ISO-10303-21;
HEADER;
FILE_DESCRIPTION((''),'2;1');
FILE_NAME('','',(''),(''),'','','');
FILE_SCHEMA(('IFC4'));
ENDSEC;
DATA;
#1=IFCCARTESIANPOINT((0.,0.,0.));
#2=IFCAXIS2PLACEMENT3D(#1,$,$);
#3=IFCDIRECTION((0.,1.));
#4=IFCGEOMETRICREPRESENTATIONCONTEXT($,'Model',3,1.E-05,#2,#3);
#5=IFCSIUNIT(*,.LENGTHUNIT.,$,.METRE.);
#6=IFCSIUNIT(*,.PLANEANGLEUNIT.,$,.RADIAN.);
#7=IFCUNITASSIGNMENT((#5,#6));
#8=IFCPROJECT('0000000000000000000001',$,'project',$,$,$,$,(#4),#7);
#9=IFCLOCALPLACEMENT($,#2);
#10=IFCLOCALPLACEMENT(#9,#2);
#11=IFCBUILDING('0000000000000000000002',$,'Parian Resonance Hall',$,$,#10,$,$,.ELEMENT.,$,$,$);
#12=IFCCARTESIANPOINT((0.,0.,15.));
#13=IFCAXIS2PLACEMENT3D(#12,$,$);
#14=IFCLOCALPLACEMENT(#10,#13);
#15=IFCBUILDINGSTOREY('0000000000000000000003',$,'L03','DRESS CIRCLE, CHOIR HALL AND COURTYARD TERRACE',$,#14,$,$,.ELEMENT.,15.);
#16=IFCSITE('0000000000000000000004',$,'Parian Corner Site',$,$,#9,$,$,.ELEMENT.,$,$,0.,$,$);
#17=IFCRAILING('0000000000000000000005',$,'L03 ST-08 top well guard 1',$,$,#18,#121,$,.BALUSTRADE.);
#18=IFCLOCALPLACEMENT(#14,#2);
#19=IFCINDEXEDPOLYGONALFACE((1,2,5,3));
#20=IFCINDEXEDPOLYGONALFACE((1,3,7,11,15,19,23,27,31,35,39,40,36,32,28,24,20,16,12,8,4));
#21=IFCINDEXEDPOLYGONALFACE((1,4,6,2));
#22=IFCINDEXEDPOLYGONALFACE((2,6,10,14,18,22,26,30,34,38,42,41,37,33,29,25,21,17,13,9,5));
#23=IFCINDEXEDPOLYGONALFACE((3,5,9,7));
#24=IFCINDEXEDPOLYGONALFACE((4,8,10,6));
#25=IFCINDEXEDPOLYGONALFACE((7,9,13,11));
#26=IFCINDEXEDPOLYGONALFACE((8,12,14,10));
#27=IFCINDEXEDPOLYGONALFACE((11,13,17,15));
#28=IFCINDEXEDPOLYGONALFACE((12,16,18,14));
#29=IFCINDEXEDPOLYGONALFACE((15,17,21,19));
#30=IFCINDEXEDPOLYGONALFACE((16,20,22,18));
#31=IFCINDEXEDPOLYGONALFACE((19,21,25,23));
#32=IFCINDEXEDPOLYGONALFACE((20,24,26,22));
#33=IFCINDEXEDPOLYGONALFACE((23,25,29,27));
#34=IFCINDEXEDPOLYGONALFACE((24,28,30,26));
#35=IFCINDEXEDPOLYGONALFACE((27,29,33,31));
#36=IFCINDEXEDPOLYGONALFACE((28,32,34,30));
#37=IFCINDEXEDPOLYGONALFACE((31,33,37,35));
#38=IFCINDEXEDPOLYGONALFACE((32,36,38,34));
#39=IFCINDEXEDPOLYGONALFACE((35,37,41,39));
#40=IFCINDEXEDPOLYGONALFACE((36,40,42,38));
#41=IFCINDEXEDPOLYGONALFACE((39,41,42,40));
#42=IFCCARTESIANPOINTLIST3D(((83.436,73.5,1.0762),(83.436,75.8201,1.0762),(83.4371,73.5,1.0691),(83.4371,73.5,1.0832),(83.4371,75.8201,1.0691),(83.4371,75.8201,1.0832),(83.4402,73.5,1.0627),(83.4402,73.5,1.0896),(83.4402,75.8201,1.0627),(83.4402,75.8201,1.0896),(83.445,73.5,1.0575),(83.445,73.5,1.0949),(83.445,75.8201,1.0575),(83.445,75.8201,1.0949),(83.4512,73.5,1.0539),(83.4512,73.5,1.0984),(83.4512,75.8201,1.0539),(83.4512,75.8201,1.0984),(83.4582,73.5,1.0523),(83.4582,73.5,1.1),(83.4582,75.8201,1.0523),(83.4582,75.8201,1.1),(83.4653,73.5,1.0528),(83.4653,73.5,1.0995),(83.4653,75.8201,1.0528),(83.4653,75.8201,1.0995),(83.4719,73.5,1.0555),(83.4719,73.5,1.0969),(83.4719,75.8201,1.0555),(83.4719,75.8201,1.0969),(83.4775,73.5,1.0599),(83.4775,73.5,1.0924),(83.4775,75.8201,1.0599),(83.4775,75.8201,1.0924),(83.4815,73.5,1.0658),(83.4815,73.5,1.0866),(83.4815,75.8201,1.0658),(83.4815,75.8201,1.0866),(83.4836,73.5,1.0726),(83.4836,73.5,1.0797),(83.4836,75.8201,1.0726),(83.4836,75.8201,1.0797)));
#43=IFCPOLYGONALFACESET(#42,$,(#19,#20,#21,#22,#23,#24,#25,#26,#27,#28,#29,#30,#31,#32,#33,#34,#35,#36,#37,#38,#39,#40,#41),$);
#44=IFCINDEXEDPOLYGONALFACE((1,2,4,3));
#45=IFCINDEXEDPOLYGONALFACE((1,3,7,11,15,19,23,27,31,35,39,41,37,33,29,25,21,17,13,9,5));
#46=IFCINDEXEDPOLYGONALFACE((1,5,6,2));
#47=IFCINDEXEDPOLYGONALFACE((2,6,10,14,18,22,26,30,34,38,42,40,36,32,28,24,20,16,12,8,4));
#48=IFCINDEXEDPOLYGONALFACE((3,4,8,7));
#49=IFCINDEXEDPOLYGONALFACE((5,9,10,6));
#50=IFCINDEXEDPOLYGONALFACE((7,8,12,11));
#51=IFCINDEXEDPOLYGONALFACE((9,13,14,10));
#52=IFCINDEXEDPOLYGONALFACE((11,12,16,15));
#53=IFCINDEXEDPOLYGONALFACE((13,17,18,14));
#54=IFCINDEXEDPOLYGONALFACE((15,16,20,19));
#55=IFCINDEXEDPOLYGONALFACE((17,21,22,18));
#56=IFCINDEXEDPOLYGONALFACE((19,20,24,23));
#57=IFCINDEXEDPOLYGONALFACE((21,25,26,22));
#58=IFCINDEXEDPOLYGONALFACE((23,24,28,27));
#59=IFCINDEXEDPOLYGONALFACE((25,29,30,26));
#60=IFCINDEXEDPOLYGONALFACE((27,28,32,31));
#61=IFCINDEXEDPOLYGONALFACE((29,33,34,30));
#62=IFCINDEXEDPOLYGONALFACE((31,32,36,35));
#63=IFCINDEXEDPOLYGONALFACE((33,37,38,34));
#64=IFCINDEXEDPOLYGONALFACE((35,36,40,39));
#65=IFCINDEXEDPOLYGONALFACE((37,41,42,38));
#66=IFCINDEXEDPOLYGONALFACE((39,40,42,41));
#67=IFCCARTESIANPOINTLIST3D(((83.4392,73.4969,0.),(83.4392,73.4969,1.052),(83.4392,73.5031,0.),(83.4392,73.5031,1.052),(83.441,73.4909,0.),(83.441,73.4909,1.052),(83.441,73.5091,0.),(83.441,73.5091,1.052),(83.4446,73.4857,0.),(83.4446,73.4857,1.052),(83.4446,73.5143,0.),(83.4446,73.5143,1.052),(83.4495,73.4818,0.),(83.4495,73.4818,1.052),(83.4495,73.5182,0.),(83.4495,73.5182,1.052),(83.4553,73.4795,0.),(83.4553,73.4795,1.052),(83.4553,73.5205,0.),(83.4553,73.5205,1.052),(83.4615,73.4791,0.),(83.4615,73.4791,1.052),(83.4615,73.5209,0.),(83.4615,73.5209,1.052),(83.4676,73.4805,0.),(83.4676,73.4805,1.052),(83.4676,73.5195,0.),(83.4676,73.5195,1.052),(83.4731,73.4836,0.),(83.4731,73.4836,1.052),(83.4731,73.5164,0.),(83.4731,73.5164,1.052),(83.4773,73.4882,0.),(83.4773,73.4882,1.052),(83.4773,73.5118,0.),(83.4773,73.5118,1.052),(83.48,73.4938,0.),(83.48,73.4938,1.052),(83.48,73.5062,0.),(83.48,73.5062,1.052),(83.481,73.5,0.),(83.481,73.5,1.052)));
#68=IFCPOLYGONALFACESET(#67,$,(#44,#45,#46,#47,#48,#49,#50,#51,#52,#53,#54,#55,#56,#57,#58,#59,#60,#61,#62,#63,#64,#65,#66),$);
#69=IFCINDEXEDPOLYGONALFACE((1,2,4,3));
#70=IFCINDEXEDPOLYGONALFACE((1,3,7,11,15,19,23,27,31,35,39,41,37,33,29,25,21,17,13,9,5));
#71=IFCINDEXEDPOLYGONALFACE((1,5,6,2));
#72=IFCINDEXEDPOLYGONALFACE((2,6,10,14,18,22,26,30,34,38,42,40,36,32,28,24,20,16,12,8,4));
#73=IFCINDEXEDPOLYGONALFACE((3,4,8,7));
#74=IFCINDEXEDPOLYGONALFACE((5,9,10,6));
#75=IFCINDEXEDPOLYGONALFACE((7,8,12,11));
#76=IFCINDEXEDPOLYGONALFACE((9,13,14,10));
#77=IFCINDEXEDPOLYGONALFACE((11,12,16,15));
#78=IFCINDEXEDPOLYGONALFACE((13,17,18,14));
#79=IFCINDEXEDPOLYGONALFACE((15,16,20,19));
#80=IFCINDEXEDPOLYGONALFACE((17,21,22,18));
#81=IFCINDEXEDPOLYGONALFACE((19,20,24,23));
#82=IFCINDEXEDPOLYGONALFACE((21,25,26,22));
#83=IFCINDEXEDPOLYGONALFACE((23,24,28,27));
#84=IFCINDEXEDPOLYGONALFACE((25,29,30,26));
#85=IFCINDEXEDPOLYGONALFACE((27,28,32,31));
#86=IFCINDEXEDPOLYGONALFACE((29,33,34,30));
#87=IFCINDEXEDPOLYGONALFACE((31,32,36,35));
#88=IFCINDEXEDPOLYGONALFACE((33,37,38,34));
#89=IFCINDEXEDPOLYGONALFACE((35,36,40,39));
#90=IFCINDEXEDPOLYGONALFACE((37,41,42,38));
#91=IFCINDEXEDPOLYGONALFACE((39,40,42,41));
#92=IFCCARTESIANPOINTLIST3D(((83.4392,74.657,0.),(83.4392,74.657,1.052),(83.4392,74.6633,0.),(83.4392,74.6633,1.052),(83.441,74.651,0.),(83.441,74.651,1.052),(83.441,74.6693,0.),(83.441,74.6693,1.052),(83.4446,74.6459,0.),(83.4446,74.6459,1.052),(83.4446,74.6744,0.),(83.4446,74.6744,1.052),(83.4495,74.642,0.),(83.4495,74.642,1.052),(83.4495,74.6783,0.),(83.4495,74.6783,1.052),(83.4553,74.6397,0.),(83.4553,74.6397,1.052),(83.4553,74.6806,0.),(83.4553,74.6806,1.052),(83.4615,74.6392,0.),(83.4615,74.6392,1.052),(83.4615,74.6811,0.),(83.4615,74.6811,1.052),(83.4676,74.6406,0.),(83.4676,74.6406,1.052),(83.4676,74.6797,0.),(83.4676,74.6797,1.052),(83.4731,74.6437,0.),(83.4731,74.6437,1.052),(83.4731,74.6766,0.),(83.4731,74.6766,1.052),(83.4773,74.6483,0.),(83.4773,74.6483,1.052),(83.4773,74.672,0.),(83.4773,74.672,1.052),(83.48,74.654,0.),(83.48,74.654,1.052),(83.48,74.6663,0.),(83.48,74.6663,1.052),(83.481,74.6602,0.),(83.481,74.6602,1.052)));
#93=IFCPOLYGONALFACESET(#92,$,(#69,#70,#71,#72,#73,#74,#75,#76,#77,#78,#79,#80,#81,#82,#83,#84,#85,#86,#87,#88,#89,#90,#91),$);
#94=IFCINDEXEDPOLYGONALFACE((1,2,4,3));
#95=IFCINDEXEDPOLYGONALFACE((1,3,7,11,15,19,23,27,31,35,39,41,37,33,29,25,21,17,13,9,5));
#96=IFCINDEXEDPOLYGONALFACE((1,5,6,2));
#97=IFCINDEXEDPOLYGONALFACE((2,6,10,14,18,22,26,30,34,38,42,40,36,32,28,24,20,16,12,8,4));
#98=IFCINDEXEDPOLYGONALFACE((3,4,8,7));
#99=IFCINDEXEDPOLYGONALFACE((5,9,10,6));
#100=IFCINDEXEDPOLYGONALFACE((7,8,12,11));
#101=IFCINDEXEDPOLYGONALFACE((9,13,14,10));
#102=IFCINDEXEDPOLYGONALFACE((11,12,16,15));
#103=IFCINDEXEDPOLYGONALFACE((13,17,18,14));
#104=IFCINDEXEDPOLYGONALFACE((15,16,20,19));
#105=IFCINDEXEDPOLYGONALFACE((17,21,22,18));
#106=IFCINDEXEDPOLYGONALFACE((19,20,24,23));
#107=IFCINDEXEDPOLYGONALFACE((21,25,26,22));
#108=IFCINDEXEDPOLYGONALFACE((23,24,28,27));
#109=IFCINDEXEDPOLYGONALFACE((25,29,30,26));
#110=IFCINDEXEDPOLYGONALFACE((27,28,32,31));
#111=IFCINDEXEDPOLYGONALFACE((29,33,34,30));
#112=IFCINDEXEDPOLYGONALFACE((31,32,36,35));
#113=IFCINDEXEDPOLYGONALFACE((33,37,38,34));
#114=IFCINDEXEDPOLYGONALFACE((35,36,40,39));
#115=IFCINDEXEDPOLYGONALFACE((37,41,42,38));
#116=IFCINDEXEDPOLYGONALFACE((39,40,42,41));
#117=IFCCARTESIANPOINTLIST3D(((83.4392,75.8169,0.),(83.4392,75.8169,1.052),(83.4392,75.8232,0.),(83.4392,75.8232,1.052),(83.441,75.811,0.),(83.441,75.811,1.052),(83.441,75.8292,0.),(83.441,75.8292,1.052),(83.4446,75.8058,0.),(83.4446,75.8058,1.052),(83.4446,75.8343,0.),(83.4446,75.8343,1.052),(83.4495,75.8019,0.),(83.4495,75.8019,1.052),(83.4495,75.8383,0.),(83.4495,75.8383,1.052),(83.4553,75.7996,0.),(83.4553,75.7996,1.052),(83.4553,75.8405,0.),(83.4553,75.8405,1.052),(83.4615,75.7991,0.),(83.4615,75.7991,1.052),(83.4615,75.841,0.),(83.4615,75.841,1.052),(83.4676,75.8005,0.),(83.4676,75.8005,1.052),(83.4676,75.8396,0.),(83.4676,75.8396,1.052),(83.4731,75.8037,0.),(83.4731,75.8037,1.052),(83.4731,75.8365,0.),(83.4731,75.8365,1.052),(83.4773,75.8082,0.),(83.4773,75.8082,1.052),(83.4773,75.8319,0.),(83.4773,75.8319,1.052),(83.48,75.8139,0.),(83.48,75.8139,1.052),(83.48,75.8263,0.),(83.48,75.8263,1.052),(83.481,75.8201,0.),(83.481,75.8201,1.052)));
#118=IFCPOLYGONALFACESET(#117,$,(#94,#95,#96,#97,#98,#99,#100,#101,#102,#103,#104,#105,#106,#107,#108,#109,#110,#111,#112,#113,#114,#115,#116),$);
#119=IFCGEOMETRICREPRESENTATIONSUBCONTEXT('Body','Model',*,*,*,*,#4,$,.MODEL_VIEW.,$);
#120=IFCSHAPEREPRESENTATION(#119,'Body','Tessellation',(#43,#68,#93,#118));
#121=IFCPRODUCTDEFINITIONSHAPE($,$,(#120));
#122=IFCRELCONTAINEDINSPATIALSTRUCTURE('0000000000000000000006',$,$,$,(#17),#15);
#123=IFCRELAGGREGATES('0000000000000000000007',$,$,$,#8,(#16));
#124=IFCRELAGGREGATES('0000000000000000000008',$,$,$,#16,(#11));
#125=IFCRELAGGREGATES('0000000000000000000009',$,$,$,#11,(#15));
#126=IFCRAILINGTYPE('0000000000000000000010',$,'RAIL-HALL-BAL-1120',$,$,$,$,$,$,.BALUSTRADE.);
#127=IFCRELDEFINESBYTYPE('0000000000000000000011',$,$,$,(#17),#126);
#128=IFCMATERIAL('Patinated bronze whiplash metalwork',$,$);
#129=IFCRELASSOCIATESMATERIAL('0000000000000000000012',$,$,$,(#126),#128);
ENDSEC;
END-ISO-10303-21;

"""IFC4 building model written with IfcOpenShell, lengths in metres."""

from ifc_helpers import new_model, si_unit, direction, frame, origin, origin_2d, place, context, subcontext, project, spatial, circle, extrude, material, type_object, element, save


model = new_model("IFC4")

# Units and contexts
model_context = context("Model", 3, precision=1e-05, world=origin(), true_north=direction((0.0, 1.0)))
body_context = subcontext(model_context, "Body", "Model", "MODEL_VIEW")
ifc_project = project(units=[si_unit("LENGTHUNIT", "METRE"), si_unit("PLANEANGLEUNIT", "RADIAN")], contexts=[model_context])

# Site, building, storey
site_placement = place(None, origin())
site = spatial("IfcSite", under=ifc_project, at=site_placement, Name="Parian Corner Site", CompositionType="ELEMENT", RefElevation=0.0)
building_placement = place(site_placement, origin())
building = spatial("IfcBuilding", under=site, at=building_placement, Name="Parian Resonance Hall", CompositionType="ELEMENT")
storey_placement = place(building_placement, frame((0.0, 0.0, 15.0)))
storey = spatial("IfcBuildingStorey", under=building, at=storey_placement, Name="L03", Description="DRESS CIRCLE, CHOIR HALL AND COURTYARD TERRACE", CompositionType="ELEMENT", Elevation=15.0)

# Railing
ifc_material_1 = material(Name="Patinated bronze whiplash metalwork")
railing_type = type_object("IfcRailingType", Name="RAIL-HALL-BAL-1120", PredefinedType="BALUSTRADE", material=ifc_material_1)
railing_1_placement = place(storey_placement, frame((83.46, 73.5, 0.0)))
element("IfcRailing", 1, at=railing_1_placement, inside=storey, type_object=railing_type, Name="L03 ST-08 top well guard 1", PredefinedType="BALUSTRADE", context=body_context, shape_type="SweptSolid", body=[
    extrude(circle(Radius=0.0239, at=origin_2d()), frame((0.0, 0.0, 1.0762), z_axis=(0.0, 1.0, 0.0), x_axis=(-1.0, 0.0, 0.0)), (0.0, 0.0, 1.0), 2.3201),
    extrude(circle(Radius=0.021, at=origin_2d()), origin(), (0.0, 0.0, 1.0), 1.052),
    extrude(circle(Radius=0.021, at=origin_2d()), frame((0.0, 1.1602, 0.0)), (0.0, 0.0, 1.0), 1.052),
    extrude(circle(Radius=0.021, at=origin_2d()), frame((0.0, 2.3201, 0.0)), (0.0, 0.0, 1.0), 1.052),
])

save(model, "model.ifc")
